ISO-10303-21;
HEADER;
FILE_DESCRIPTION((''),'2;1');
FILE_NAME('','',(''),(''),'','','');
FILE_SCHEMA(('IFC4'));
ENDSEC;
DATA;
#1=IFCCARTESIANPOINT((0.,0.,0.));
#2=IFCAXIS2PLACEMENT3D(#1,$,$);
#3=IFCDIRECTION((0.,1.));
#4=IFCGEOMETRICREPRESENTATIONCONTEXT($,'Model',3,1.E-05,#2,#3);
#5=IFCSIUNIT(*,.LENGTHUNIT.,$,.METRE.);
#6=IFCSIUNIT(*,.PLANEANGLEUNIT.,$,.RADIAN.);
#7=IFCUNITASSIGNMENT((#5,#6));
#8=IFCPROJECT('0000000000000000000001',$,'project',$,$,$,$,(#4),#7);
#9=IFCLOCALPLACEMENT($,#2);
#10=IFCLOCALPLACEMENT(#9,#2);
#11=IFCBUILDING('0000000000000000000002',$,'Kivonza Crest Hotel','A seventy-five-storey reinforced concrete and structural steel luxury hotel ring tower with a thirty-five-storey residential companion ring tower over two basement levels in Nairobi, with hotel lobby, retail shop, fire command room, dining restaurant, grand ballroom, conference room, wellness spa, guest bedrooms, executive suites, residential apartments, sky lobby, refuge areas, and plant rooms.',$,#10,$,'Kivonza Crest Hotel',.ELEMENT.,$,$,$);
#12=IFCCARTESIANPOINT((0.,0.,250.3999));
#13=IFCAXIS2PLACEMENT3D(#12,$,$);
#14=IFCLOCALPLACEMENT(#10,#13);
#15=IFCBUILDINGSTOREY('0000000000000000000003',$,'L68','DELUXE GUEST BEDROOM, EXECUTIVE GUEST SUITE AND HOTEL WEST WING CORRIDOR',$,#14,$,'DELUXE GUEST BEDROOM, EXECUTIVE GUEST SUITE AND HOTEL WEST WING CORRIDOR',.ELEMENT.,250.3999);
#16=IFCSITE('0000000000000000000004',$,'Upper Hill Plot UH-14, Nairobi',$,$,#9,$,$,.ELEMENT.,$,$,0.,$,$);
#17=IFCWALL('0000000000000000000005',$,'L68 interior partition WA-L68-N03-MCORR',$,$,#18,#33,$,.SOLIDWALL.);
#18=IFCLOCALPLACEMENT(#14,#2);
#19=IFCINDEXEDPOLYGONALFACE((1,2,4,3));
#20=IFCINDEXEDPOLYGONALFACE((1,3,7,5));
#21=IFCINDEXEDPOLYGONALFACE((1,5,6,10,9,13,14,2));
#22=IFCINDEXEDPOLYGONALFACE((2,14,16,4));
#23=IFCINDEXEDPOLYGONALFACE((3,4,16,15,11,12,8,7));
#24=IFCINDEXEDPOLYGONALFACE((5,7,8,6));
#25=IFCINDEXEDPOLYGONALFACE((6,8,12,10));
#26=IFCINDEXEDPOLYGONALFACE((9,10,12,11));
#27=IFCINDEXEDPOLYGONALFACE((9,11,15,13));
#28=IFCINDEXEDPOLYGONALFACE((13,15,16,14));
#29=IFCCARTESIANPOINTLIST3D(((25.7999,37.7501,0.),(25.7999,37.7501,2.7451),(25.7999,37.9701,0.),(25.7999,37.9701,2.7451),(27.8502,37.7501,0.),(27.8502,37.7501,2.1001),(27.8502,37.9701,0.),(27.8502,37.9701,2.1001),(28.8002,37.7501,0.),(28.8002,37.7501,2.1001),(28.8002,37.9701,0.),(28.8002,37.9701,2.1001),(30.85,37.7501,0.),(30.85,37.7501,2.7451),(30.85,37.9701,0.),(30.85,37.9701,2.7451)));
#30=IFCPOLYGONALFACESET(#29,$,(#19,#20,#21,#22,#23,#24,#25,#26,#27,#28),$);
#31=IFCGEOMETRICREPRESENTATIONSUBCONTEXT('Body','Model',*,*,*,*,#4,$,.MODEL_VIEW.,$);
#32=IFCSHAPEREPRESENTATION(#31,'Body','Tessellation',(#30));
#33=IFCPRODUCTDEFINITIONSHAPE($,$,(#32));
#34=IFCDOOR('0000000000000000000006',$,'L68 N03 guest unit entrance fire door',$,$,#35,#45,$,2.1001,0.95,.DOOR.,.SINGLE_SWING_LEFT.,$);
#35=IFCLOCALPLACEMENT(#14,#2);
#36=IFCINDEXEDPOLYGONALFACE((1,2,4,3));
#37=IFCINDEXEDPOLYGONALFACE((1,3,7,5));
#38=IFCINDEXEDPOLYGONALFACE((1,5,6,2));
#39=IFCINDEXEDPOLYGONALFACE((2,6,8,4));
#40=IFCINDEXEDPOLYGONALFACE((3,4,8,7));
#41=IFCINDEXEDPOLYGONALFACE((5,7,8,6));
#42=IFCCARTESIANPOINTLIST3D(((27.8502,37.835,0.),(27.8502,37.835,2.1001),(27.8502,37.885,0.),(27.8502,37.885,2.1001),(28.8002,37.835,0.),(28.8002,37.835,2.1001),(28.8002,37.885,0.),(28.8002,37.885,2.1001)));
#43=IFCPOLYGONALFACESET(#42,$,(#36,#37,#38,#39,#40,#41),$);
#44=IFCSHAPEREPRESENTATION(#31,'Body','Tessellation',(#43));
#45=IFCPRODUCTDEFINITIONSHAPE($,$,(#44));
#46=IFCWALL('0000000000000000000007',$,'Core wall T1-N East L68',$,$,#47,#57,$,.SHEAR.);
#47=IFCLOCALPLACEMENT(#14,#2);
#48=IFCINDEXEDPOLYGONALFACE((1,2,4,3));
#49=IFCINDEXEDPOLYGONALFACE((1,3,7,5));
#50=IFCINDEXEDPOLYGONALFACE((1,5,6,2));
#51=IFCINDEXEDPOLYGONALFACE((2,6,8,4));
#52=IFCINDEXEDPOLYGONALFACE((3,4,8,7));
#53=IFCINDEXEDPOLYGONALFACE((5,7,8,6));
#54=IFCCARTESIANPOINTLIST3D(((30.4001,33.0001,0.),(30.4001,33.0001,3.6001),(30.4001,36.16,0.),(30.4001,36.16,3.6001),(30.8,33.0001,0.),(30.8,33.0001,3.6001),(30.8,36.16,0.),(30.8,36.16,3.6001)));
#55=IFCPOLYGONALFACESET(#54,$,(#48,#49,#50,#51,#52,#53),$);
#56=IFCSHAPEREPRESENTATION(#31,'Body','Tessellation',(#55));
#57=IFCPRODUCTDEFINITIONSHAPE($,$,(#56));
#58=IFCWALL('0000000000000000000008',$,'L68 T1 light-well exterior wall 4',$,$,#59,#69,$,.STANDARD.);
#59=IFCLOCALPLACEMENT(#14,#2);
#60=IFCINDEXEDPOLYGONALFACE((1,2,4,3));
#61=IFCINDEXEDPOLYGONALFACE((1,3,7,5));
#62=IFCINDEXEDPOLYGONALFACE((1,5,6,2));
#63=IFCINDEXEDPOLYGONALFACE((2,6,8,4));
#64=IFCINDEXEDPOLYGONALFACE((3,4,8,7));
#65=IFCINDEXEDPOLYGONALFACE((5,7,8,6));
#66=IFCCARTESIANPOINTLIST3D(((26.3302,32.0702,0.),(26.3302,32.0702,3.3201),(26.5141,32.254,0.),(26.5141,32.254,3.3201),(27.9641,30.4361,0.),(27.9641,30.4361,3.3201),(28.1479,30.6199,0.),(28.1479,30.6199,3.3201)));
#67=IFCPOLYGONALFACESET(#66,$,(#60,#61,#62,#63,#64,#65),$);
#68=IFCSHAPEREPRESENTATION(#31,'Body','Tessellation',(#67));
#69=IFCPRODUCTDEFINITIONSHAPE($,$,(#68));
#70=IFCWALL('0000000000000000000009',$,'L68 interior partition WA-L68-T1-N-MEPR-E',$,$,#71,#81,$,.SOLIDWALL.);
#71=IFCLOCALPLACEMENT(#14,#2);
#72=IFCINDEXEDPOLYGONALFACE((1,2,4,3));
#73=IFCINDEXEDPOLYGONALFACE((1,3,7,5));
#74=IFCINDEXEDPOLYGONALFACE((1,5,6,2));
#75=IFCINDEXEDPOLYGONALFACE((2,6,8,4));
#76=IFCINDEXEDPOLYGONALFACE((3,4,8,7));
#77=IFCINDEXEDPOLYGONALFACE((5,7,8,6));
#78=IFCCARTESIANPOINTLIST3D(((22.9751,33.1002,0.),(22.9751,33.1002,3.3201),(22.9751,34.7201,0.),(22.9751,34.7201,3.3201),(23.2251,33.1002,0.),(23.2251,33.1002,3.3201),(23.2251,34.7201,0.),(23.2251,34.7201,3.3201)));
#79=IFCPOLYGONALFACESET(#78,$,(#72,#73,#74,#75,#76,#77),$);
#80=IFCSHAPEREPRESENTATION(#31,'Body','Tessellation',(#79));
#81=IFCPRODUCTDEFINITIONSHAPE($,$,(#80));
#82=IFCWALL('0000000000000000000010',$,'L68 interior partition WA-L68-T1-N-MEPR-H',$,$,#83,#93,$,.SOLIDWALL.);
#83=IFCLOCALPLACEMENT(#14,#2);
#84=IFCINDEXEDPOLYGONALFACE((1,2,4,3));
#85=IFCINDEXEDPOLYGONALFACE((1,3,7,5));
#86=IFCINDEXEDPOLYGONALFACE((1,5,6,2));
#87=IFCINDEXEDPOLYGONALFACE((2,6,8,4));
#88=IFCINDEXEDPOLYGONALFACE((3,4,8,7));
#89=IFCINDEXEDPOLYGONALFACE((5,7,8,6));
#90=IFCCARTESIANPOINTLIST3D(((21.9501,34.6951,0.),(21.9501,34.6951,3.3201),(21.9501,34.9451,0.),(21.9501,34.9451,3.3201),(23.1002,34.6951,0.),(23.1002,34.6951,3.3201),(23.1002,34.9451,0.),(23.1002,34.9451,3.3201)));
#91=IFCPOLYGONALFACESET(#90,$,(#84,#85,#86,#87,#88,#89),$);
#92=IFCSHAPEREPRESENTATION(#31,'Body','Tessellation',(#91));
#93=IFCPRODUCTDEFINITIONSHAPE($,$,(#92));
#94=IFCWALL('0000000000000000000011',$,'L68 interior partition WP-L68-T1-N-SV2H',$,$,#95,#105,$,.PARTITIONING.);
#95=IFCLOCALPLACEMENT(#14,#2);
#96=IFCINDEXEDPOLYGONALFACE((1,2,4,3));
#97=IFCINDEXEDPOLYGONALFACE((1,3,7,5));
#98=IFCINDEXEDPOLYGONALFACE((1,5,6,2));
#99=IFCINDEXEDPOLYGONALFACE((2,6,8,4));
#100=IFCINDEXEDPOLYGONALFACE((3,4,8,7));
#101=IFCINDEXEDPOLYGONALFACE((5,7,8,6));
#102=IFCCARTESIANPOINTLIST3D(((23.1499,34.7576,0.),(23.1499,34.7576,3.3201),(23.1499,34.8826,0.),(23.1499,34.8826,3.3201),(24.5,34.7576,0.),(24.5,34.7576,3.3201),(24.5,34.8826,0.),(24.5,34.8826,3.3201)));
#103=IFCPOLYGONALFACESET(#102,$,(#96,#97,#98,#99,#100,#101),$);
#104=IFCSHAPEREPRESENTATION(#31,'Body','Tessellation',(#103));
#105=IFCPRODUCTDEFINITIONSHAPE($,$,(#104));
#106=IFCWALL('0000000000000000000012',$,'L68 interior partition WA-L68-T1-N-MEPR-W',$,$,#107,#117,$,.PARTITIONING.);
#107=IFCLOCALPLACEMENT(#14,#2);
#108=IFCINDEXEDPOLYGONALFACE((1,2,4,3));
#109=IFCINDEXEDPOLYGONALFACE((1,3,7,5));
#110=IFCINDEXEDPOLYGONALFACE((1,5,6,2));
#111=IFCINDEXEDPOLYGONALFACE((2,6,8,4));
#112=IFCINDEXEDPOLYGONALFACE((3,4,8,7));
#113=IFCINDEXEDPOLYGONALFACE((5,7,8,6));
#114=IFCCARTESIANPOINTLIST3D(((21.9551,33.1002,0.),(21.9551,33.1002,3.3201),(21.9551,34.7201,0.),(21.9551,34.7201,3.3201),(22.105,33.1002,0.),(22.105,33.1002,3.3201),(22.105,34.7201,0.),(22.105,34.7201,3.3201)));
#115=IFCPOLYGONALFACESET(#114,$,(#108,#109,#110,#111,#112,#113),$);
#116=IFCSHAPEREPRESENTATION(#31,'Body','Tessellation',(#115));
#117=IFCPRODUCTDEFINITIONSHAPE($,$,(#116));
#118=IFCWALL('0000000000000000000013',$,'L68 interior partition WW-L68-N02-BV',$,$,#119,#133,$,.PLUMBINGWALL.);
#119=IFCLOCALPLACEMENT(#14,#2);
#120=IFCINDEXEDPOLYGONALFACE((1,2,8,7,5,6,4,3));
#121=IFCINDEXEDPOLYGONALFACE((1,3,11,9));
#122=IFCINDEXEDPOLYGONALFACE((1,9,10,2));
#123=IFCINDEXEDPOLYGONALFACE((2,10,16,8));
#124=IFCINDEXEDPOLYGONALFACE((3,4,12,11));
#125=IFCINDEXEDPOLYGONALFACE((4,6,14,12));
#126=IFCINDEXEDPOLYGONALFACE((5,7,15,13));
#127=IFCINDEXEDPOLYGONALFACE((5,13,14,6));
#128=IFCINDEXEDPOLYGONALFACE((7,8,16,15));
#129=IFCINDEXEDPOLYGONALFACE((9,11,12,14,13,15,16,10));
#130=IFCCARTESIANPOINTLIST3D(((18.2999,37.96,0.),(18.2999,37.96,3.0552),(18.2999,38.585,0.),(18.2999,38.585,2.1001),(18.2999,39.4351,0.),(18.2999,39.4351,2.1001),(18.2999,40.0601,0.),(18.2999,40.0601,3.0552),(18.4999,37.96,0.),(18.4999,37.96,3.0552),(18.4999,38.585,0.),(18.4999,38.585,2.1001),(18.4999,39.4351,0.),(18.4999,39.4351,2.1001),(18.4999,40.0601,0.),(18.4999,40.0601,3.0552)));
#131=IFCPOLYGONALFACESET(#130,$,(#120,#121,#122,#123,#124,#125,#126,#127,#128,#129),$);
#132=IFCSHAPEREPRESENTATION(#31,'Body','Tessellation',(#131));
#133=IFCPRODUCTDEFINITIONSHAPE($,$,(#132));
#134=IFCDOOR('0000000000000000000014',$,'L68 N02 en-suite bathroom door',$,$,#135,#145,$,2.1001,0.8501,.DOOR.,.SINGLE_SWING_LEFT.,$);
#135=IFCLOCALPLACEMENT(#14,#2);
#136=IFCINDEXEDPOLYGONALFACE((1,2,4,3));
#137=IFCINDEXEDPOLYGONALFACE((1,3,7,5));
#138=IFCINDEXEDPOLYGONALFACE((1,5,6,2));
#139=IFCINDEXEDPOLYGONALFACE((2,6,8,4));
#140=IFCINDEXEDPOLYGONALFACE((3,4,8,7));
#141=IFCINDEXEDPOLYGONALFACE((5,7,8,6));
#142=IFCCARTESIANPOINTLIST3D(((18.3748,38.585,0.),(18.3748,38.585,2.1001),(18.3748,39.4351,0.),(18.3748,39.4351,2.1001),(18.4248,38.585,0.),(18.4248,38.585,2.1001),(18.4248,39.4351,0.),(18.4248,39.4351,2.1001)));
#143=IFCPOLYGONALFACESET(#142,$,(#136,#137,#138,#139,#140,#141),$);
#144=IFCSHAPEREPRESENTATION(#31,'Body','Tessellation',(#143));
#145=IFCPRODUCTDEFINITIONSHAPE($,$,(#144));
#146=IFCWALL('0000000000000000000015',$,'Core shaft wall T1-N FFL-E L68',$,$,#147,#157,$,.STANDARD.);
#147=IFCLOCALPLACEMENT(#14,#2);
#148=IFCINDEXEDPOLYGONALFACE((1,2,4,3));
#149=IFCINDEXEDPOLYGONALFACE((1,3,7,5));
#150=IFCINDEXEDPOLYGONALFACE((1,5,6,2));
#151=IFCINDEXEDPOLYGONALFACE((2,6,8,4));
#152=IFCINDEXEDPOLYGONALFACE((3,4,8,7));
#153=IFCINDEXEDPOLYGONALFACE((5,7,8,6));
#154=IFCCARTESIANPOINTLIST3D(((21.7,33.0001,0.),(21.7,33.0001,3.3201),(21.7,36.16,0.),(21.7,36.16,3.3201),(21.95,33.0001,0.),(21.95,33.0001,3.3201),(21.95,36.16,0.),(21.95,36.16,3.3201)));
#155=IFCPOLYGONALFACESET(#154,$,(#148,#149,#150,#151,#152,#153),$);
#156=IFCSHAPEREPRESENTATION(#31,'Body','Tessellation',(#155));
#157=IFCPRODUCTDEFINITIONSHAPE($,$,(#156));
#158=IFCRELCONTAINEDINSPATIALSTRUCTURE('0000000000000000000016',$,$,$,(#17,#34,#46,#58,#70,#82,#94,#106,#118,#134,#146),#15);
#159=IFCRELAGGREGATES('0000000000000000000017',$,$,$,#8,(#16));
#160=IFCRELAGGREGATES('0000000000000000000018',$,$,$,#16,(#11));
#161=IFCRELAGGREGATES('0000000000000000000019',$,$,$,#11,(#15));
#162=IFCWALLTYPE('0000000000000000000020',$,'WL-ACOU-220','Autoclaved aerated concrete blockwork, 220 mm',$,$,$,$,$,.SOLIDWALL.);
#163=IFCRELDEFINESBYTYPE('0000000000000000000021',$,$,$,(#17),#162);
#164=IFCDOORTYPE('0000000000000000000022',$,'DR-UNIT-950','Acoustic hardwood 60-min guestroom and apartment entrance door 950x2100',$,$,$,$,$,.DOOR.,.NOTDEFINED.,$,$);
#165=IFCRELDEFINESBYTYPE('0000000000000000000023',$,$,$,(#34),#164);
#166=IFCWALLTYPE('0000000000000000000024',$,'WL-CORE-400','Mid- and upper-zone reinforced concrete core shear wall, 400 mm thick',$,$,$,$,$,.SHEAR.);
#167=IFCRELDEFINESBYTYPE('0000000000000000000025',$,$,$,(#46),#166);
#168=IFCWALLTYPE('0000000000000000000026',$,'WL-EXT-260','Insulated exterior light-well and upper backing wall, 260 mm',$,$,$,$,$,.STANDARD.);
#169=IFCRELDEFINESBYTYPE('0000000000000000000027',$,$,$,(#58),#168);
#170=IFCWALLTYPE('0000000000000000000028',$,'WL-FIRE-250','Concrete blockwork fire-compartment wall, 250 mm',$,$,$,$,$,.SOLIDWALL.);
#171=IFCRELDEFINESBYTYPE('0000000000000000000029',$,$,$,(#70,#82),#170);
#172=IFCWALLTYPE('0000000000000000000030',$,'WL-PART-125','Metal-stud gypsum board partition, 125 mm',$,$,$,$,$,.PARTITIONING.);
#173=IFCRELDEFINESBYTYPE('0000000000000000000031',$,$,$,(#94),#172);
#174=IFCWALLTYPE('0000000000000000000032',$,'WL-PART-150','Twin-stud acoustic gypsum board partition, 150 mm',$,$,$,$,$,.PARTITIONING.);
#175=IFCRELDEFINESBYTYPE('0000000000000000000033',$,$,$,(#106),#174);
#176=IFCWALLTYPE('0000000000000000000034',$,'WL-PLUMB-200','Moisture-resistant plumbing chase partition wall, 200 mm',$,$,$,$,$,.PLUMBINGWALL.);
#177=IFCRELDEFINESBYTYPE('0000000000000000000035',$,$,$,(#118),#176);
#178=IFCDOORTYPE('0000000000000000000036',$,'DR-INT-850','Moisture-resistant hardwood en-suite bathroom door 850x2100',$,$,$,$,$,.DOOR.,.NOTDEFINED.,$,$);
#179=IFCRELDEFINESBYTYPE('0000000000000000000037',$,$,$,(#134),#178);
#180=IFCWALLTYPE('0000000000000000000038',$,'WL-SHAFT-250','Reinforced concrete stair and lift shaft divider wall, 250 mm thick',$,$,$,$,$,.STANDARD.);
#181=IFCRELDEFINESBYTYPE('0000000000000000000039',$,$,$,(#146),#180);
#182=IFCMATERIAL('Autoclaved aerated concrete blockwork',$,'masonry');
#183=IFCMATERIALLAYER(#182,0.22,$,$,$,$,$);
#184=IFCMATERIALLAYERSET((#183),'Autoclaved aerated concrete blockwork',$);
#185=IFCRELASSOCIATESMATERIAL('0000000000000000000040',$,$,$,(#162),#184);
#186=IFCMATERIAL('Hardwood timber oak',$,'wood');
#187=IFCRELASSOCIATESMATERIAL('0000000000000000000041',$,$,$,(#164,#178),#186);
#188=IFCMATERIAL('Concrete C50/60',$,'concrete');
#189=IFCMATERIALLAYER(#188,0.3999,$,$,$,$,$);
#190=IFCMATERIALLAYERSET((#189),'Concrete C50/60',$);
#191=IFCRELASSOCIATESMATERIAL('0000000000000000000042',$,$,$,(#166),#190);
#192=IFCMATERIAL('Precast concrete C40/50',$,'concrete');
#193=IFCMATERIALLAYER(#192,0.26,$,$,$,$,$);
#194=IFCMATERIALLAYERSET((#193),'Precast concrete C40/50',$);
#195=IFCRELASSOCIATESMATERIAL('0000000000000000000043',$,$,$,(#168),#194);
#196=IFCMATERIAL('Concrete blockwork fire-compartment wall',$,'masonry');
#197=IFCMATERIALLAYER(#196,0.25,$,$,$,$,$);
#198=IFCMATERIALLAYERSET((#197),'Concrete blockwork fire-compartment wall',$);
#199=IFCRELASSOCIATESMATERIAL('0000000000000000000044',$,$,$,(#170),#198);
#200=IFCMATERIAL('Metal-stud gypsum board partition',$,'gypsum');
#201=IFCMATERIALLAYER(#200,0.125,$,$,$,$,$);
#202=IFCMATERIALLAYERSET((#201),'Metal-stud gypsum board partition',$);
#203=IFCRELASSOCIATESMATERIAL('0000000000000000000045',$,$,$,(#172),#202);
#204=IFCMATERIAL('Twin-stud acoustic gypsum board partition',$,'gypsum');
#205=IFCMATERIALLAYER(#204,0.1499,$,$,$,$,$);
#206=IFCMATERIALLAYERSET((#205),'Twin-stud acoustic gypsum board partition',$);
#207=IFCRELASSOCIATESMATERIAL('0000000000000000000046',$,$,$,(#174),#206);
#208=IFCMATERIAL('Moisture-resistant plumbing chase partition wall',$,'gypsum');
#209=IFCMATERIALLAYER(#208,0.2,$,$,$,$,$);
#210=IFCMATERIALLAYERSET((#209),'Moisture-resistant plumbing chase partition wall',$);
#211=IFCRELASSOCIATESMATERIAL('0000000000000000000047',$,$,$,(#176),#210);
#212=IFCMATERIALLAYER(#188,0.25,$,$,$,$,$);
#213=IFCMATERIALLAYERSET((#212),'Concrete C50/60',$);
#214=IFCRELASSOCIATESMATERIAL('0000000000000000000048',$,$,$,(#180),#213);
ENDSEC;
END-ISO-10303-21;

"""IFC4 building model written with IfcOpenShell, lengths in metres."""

from ifc_helpers import new_model, si_unit, direction, frame, frame_2d, origin, place, context, subcontext, project, spatial, rectangle, extrude, material, layer, layer_set, type_object, element, fill, save


model = new_model("IFC4")

# Units and contexts
model_context = context("Model", 3, precision=1e-05, world=origin(), true_north=direction((0.0, 1.0)))
body_context = subcontext(model_context, "Body", "Model", "MODEL_VIEW")
ifc_project = project(units=[si_unit("LENGTHUNIT", "METRE"), si_unit("PLANEANGLEUNIT", "RADIAN")], contexts=[model_context])

# Site, building, storey
site_placement = place(None, origin())
site = spatial("IfcSite", under=ifc_project, at=site_placement, Name="Upper Hill Plot UH-14, Nairobi", CompositionType="ELEMENT", RefElevation=0.0)
building_placement = place(site_placement, origin())
building = spatial("IfcBuilding", under=site, at=building_placement, Name="Kivonza Crest Hotel", Description="A seventy-five-storey reinforced concrete and structural steel luxury hotel ring tower with a thirty-five-storey residential companion ring tower over two basement levels in Nairobi, with hotel lobby, retail shop, fire command room, dining restaurant, grand ballroom, conference room, wellness spa, guest bedrooms, executive suites, residential apartments, sky lobby, refuge areas, and plant rooms.", LongName="Kivonza Crest Hotel", CompositionType="ELEMENT")
storey_placement = place(building_placement, frame((0.0, 0.0, 250.3999)))
storey = spatial("IfcBuildingStorey", under=building, at=storey_placement, Name="L68", Description="DELUXE GUEST BEDROOM, EXECUTIVE GUEST SUITE AND HOTEL WEST WING CORRIDOR", LongName="DELUXE GUEST BEDROOM, EXECUTIVE GUEST SUITE AND HOTEL WEST WING CORRIDOR", CompositionType="ELEMENT", Elevation=250.3999)

# Shared definitions
ifc_material_1 = material(Name="Concrete C50/60", Category="concrete")

# Wall, opening, door
ifc_material_2 = material(Name="Autoclaved aerated concrete blockwork", Category="masonry")
ifc_layer_1 = layer(ifc_material_2, 0.22)
ifc_layer_set_1 = layer_set([ifc_layer_1], Name="Autoclaved aerated concrete blockwork")
wall_type_1 = type_object("IfcWallType", Name="WL-ACOU-220", Description="Autoclaved aerated concrete blockwork, 220 mm", PredefinedType="SOLIDWALL", material=ifc_layer_set_1)
ifc_material_3 = material(Name="Hardwood timber oak", Category="wood")
door_type_1 = type_object("IfcDoorType", Name="DR-UNIT-950", Description="Acoustic hardwood 60-min guestroom and apartment entrance door 950x2100", OperationType="NOTDEFINED", PredefinedType="DOOR", material=ifc_material_3)
wall_1_placement = place(storey_placement, frame((25.8, 37.8601, 0.0), z_axis=(0.0, 0.0, 1.0), x_axis=(1.0, 0.0, 0.0)))
wall_1 = element("IfcWall", 1, at=wall_1_placement, inside=storey, type_object=wall_type_1, Name="L68 interior partition WA-L68-N03-MCORR", PredefinedType="SOLIDWALL", context=body_context, shape_type="SweptSolid", body=[
    extrude(rectangle(XDim=5.05, YDim=0.22, at=frame_2d((2.5249, 0.0))), origin(), (0.0, 0.0, 1.0), 2.7451),
])
opening_1_placement = place(wall_1_placement, frame((2.05, 0.0, 0.0)))
opening_1 = element("IfcOpeningElement", 2, at=opening_1_placement, cuts=wall_1, PredefinedType="OPENING", context=body_context, shape_type="SweptSolid", body=[
    extrude(rectangle(XDim=0.95, YDim=2.1001, at=frame_2d((0.4751, 1.05))), frame((0.0, 0.1201, 0.0), z_axis=(0.0, -1.0, 0.0), x_axis=(1.0, 0.0, 0.0)), (0.0, 0.0, 1.0), 0.24),
])
door_1_placement = place(opening_1_placement, origin())
door_1 = element("IfcDoor", 3, at=door_1_placement, inside=storey, type_object=door_type_1, Name="L68 N03 guest unit entrance fire door", OperationType="SINGLE_SWING_LEFT", OverallHeight=2.1001, OverallWidth=0.95, PredefinedType="DOOR", context=body_context, shape_type="SweptSolid", body=[
    extrude(rectangle(XDim=0.95, YDim=2.1001, at=frame_2d((0.4751, 1.05))), frame((0.0, 0.0249, 0.0), z_axis=(0.0, -1.0, 0.0), x_axis=(1.0, 0.0, 0.0)), (0.0, 0.0, 1.0), 0.05),
])
fill(opening_1, door_1)

# Walls
ifc_layer_2 = layer(ifc_material_1, 0.3999)
ifc_layer_set_2 = layer_set([ifc_layer_2], Name="Concrete C50/60")
wall_type_2 = type_object("IfcWallType", Name="WL-CORE-400", Description="Mid- and upper-zone reinforced concrete core shear wall, 400 mm thick", PredefinedType="SHEAR", material=ifc_layer_set_2)
wall_2_placement = place(storey_placement, frame((30.6001, 33.0, 0.0), z_axis=(0.0, 0.0, 1.0), x_axis=(0.0, 1.0, 0.0)))
element("IfcWall", 4, at=wall_2_placement, inside=storey, type_object=wall_type_2, Name="Core wall T1-N East L68", PredefinedType="SHEAR", context=body_context, shape_type="SweptSolid", body=[
    extrude(rectangle(XDim=3.1599, YDim=0.3999, at=frame_2d((1.5801, 0.0))), origin(), (0.0, 0.0, 1.0), 3.6001),
])
ifc_material_4 = material(Name="Precast concrete C40/50", Category="concrete")
ifc_layer_3 = layer(ifc_material_4, 0.26)
ifc_layer_set_3 = layer_set([ifc_layer_3], Name="Precast concrete C40/50")
wall_type_3 = type_object("IfcWallType", Name="WL-EXT-260", Description="Insulated exterior light-well and upper backing wall, 260 mm", PredefinedType="STANDARD", material=ifc_layer_set_3)
wall_3_placement = place(storey_placement, frame((28.0559, 30.5281, 0.0), z_axis=(0.0, 0.0, 1.0), x_axis=(-0.707054, 0.70716, 0.0)))
element("IfcWall", 5, at=wall_3_placement, inside=storey, type_object=wall_type_3, Name="L68 T1 light-well exterior wall 4", PredefinedType="STANDARD", context=body_context, shape_type="SweptSolid", body=[
    extrude(rectangle(XDim=2.3108, YDim=0.26, at=frame_2d((1.1553, 0.0))), origin(), (0.0, 0.0, 1.0), 3.3201),
])
ifc_material_5 = material(Name="Concrete blockwork fire-compartment wall", Category="masonry")
ifc_layer_4 = layer(ifc_material_5, 0.25)
ifc_layer_set_4 = layer_set([ifc_layer_4], Name="Concrete blockwork fire-compartment wall")
wall_type_4 = type_object("IfcWallType", Name="WL-FIRE-250", Description="Concrete blockwork fire-compartment wall, 250 mm", PredefinedType="SOLIDWALL", material=ifc_layer_set_4)
wall_4_placement = place(storey_placement, frame((23.1001, 33.1001, 0.0), z_axis=(0.0, 0.0, 1.0), x_axis=(0.0, 1.0, 0.0)))
element("IfcWall", 6, at=wall_4_placement, inside=storey, type_object=wall_type_4, Name="L68 interior partition WA-L68-T1-N-MEPR-E", PredefinedType="SOLIDWALL", context=body_context, shape_type="SweptSolid", body=[
    extrude(rectangle(XDim=1.6199, YDim=0.25, at=frame_2d((0.8101, 0.0))), origin(), (0.0, 0.0, 1.0), 3.3201),
])
wall_5_placement = place(storey_placement, frame((21.95, 34.8201, 0.0), z_axis=(0.0, 0.0, 1.0), x_axis=(1.0, 0.0, 0.0)))
element("IfcWall", 7, at=wall_5_placement, inside=storey, type_object=wall_type_4, Name="L68 interior partition WA-L68-T1-N-MEPR-H", PredefinedType="SOLIDWALL", context=body_context, shape_type="SweptSolid", body=[
    extrude(rectangle(XDim=1.1501, YDim=0.25, at=frame_2d((0.5752, 0.0))), origin(), (0.0, 0.0, 1.0), 3.3201),
])
ifc_material_6 = material(Name="Metal-stud gypsum board partition", Category="gypsum")
ifc_layer_5 = layer(ifc_material_6, 0.125)
ifc_layer_set_5 = layer_set([ifc_layer_5], Name="Metal-stud gypsum board partition")
wall_type_5 = type_object("IfcWallType", Name="WL-PART-125", Description="Metal-stud gypsum board partition, 125 mm", PredefinedType="PARTITIONING", material=ifc_layer_set_5)
wall_6_placement = place(storey_placement, frame((23.1499, 34.8201, 0.0), z_axis=(0.0, 0.0, 1.0), x_axis=(1.0, 0.0, 0.0)))
element("IfcWall", 8, at=wall_6_placement, inside=storey, type_object=wall_type_5, Name="L68 interior partition WP-L68-T1-N-SV2H", PredefinedType="PARTITIONING", context=body_context, shape_type="SweptSolid", body=[
    extrude(rectangle(XDim=1.3501, YDim=0.125, at=frame_2d((0.675, 0.0))), origin(), (0.0, 0.0, 1.0), 3.3201),
])
ifc_material_7 = material(Name="Twin-stud acoustic gypsum board partition", Category="gypsum")
ifc_layer_6 = layer(ifc_material_7, 0.1499)
ifc_layer_set_6 = layer_set([ifc_layer_6], Name="Twin-stud acoustic gypsum board partition")
wall_type_6 = type_object("IfcWallType", Name="WL-PART-150", Description="Twin-stud acoustic gypsum board partition, 150 mm", PredefinedType="PARTITIONING", material=ifc_layer_set_6)
wall_7_placement = place(storey_placement, frame((22.03, 33.1001, 0.0), z_axis=(0.0, 0.0, 1.0), x_axis=(0.0, 1.0, 0.0)))
element("IfcWall", 9, at=wall_7_placement, inside=storey, type_object=wall_type_6, Name="L68 interior partition WA-L68-T1-N-MEPR-W", PredefinedType="PARTITIONING", context=body_context, shape_type="SweptSolid", body=[
    extrude(rectangle(XDim=1.6199, YDim=0.1499, at=frame_2d((0.8101, 0.0))), origin(), (0.0, 0.0, 1.0), 3.3201),
])

# Wall, opening, door
ifc_material_8 = material(Name="Moisture-resistant plumbing chase partition wall", Category="gypsum")
ifc_layer_7 = layer(ifc_material_8, 0.2)
ifc_layer_set_7 = layer_set([ifc_layer_7], Name="Moisture-resistant plumbing chase partition wall")
wall_type_7 = type_object("IfcWallType", Name="WL-PLUMB-200", Description="Moisture-resistant plumbing chase partition wall, 200 mm", PredefinedType="PLUMBINGWALL", material=ifc_layer_set_7)
wall_8_placement = place(storey_placement, frame((18.3999, 37.96, 0.0), z_axis=(0.0, 0.0, 1.0), x_axis=(0.0, 1.0, 0.0)))
wall_8 = element("IfcWall", 10, at=wall_8_placement, inside=storey, type_object=wall_type_7, Name="L68 interior partition WW-L68-N02-BV", PredefinedType="PLUMBINGWALL", context=body_context, shape_type="SweptSolid", body=[
    extrude(rectangle(XDim=2.1001, YDim=0.2, at=frame_2d((1.05, 0.0))), origin(), (0.0, 0.0, 1.0), 3.0552),
])
opening_2_placement = place(wall_8_placement, frame((0.625, 0.0, 0.0)))
opening_2 = element("IfcOpeningElement", 11, at=opening_2_placement, cuts=wall_8, PredefinedType="OPENING", context=body_context, shape_type="SweptSolid", body=[
    extrude(rectangle(XDim=0.8501, YDim=2.1001, at=frame_2d((0.425, 1.05))), frame((0.0, 0.1099, 0.0), z_axis=(0.0, -1.0, 0.0), x_axis=(1.0, 0.0, 0.0)), (0.0, 0.0, 1.0), 0.22),
])
door_type_2 = type_object("IfcDoorType", Name="DR-INT-850", Description="Moisture-resistant hardwood en-suite bathroom door 850x2100", OperationType="NOTDEFINED", PredefinedType="DOOR", material=ifc_material_3)
door_2_placement = place(opening_2_placement, frame((0.8501, 0.0, 0.0), z_axis=(0.0, 0.0, 1.0), x_axis=(-1.0, 0.0, 0.0)))
door_2 = element("IfcDoor", 12, at=door_2_placement, inside=storey, type_object=door_type_2, Name="L68 N02 en-suite bathroom door", OperationType="SINGLE_SWING_LEFT", OverallHeight=2.1001, OverallWidth=0.8501, PredefinedType="DOOR", context=body_context, shape_type="SweptSolid", body=[
    extrude(rectangle(XDim=0.8501, YDim=2.1001, at=frame_2d((0.425, 1.05))), frame((0.0, 0.0249, 0.0), z_axis=(0.0, -1.0, 0.0), x_axis=(1.0, 0.0, 0.0)), (0.0, 0.0, 1.0), 0.05),
])
fill(opening_2, door_2)
ifc_layer_8 = layer(ifc_material_1, 0.25)
ifc_layer_set_8 = layer_set([ifc_layer_8], Name="Concrete C50/60")
wall_type_8 = type_object("IfcWallType", Name="WL-SHAFT-250", Description="Reinforced concrete stair and lift shaft divider wall, 250 mm thick", PredefinedType="STANDARD", material=ifc_layer_set_8)

# Wall
wall_9_placement = place(storey_placement, frame((21.825, 33.0, 0.0), z_axis=(0.0, 0.0, 1.0), x_axis=(0.0, 1.0, 0.0)))
element("IfcWall", 13, at=wall_9_placement, inside=storey, type_object=wall_type_8, Name="Core shaft wall T1-N FFL-E L68", PredefinedType="STANDARD", context=body_context, shape_type="SweptSolid", body=[
    extrude(rectangle(XDim=3.1599, YDim=0.25, at=frame_2d((1.5801, 0.0))), origin(), (0.0, 0.0, 1.0), 3.3201),
])

save(model, "model.ifc")
